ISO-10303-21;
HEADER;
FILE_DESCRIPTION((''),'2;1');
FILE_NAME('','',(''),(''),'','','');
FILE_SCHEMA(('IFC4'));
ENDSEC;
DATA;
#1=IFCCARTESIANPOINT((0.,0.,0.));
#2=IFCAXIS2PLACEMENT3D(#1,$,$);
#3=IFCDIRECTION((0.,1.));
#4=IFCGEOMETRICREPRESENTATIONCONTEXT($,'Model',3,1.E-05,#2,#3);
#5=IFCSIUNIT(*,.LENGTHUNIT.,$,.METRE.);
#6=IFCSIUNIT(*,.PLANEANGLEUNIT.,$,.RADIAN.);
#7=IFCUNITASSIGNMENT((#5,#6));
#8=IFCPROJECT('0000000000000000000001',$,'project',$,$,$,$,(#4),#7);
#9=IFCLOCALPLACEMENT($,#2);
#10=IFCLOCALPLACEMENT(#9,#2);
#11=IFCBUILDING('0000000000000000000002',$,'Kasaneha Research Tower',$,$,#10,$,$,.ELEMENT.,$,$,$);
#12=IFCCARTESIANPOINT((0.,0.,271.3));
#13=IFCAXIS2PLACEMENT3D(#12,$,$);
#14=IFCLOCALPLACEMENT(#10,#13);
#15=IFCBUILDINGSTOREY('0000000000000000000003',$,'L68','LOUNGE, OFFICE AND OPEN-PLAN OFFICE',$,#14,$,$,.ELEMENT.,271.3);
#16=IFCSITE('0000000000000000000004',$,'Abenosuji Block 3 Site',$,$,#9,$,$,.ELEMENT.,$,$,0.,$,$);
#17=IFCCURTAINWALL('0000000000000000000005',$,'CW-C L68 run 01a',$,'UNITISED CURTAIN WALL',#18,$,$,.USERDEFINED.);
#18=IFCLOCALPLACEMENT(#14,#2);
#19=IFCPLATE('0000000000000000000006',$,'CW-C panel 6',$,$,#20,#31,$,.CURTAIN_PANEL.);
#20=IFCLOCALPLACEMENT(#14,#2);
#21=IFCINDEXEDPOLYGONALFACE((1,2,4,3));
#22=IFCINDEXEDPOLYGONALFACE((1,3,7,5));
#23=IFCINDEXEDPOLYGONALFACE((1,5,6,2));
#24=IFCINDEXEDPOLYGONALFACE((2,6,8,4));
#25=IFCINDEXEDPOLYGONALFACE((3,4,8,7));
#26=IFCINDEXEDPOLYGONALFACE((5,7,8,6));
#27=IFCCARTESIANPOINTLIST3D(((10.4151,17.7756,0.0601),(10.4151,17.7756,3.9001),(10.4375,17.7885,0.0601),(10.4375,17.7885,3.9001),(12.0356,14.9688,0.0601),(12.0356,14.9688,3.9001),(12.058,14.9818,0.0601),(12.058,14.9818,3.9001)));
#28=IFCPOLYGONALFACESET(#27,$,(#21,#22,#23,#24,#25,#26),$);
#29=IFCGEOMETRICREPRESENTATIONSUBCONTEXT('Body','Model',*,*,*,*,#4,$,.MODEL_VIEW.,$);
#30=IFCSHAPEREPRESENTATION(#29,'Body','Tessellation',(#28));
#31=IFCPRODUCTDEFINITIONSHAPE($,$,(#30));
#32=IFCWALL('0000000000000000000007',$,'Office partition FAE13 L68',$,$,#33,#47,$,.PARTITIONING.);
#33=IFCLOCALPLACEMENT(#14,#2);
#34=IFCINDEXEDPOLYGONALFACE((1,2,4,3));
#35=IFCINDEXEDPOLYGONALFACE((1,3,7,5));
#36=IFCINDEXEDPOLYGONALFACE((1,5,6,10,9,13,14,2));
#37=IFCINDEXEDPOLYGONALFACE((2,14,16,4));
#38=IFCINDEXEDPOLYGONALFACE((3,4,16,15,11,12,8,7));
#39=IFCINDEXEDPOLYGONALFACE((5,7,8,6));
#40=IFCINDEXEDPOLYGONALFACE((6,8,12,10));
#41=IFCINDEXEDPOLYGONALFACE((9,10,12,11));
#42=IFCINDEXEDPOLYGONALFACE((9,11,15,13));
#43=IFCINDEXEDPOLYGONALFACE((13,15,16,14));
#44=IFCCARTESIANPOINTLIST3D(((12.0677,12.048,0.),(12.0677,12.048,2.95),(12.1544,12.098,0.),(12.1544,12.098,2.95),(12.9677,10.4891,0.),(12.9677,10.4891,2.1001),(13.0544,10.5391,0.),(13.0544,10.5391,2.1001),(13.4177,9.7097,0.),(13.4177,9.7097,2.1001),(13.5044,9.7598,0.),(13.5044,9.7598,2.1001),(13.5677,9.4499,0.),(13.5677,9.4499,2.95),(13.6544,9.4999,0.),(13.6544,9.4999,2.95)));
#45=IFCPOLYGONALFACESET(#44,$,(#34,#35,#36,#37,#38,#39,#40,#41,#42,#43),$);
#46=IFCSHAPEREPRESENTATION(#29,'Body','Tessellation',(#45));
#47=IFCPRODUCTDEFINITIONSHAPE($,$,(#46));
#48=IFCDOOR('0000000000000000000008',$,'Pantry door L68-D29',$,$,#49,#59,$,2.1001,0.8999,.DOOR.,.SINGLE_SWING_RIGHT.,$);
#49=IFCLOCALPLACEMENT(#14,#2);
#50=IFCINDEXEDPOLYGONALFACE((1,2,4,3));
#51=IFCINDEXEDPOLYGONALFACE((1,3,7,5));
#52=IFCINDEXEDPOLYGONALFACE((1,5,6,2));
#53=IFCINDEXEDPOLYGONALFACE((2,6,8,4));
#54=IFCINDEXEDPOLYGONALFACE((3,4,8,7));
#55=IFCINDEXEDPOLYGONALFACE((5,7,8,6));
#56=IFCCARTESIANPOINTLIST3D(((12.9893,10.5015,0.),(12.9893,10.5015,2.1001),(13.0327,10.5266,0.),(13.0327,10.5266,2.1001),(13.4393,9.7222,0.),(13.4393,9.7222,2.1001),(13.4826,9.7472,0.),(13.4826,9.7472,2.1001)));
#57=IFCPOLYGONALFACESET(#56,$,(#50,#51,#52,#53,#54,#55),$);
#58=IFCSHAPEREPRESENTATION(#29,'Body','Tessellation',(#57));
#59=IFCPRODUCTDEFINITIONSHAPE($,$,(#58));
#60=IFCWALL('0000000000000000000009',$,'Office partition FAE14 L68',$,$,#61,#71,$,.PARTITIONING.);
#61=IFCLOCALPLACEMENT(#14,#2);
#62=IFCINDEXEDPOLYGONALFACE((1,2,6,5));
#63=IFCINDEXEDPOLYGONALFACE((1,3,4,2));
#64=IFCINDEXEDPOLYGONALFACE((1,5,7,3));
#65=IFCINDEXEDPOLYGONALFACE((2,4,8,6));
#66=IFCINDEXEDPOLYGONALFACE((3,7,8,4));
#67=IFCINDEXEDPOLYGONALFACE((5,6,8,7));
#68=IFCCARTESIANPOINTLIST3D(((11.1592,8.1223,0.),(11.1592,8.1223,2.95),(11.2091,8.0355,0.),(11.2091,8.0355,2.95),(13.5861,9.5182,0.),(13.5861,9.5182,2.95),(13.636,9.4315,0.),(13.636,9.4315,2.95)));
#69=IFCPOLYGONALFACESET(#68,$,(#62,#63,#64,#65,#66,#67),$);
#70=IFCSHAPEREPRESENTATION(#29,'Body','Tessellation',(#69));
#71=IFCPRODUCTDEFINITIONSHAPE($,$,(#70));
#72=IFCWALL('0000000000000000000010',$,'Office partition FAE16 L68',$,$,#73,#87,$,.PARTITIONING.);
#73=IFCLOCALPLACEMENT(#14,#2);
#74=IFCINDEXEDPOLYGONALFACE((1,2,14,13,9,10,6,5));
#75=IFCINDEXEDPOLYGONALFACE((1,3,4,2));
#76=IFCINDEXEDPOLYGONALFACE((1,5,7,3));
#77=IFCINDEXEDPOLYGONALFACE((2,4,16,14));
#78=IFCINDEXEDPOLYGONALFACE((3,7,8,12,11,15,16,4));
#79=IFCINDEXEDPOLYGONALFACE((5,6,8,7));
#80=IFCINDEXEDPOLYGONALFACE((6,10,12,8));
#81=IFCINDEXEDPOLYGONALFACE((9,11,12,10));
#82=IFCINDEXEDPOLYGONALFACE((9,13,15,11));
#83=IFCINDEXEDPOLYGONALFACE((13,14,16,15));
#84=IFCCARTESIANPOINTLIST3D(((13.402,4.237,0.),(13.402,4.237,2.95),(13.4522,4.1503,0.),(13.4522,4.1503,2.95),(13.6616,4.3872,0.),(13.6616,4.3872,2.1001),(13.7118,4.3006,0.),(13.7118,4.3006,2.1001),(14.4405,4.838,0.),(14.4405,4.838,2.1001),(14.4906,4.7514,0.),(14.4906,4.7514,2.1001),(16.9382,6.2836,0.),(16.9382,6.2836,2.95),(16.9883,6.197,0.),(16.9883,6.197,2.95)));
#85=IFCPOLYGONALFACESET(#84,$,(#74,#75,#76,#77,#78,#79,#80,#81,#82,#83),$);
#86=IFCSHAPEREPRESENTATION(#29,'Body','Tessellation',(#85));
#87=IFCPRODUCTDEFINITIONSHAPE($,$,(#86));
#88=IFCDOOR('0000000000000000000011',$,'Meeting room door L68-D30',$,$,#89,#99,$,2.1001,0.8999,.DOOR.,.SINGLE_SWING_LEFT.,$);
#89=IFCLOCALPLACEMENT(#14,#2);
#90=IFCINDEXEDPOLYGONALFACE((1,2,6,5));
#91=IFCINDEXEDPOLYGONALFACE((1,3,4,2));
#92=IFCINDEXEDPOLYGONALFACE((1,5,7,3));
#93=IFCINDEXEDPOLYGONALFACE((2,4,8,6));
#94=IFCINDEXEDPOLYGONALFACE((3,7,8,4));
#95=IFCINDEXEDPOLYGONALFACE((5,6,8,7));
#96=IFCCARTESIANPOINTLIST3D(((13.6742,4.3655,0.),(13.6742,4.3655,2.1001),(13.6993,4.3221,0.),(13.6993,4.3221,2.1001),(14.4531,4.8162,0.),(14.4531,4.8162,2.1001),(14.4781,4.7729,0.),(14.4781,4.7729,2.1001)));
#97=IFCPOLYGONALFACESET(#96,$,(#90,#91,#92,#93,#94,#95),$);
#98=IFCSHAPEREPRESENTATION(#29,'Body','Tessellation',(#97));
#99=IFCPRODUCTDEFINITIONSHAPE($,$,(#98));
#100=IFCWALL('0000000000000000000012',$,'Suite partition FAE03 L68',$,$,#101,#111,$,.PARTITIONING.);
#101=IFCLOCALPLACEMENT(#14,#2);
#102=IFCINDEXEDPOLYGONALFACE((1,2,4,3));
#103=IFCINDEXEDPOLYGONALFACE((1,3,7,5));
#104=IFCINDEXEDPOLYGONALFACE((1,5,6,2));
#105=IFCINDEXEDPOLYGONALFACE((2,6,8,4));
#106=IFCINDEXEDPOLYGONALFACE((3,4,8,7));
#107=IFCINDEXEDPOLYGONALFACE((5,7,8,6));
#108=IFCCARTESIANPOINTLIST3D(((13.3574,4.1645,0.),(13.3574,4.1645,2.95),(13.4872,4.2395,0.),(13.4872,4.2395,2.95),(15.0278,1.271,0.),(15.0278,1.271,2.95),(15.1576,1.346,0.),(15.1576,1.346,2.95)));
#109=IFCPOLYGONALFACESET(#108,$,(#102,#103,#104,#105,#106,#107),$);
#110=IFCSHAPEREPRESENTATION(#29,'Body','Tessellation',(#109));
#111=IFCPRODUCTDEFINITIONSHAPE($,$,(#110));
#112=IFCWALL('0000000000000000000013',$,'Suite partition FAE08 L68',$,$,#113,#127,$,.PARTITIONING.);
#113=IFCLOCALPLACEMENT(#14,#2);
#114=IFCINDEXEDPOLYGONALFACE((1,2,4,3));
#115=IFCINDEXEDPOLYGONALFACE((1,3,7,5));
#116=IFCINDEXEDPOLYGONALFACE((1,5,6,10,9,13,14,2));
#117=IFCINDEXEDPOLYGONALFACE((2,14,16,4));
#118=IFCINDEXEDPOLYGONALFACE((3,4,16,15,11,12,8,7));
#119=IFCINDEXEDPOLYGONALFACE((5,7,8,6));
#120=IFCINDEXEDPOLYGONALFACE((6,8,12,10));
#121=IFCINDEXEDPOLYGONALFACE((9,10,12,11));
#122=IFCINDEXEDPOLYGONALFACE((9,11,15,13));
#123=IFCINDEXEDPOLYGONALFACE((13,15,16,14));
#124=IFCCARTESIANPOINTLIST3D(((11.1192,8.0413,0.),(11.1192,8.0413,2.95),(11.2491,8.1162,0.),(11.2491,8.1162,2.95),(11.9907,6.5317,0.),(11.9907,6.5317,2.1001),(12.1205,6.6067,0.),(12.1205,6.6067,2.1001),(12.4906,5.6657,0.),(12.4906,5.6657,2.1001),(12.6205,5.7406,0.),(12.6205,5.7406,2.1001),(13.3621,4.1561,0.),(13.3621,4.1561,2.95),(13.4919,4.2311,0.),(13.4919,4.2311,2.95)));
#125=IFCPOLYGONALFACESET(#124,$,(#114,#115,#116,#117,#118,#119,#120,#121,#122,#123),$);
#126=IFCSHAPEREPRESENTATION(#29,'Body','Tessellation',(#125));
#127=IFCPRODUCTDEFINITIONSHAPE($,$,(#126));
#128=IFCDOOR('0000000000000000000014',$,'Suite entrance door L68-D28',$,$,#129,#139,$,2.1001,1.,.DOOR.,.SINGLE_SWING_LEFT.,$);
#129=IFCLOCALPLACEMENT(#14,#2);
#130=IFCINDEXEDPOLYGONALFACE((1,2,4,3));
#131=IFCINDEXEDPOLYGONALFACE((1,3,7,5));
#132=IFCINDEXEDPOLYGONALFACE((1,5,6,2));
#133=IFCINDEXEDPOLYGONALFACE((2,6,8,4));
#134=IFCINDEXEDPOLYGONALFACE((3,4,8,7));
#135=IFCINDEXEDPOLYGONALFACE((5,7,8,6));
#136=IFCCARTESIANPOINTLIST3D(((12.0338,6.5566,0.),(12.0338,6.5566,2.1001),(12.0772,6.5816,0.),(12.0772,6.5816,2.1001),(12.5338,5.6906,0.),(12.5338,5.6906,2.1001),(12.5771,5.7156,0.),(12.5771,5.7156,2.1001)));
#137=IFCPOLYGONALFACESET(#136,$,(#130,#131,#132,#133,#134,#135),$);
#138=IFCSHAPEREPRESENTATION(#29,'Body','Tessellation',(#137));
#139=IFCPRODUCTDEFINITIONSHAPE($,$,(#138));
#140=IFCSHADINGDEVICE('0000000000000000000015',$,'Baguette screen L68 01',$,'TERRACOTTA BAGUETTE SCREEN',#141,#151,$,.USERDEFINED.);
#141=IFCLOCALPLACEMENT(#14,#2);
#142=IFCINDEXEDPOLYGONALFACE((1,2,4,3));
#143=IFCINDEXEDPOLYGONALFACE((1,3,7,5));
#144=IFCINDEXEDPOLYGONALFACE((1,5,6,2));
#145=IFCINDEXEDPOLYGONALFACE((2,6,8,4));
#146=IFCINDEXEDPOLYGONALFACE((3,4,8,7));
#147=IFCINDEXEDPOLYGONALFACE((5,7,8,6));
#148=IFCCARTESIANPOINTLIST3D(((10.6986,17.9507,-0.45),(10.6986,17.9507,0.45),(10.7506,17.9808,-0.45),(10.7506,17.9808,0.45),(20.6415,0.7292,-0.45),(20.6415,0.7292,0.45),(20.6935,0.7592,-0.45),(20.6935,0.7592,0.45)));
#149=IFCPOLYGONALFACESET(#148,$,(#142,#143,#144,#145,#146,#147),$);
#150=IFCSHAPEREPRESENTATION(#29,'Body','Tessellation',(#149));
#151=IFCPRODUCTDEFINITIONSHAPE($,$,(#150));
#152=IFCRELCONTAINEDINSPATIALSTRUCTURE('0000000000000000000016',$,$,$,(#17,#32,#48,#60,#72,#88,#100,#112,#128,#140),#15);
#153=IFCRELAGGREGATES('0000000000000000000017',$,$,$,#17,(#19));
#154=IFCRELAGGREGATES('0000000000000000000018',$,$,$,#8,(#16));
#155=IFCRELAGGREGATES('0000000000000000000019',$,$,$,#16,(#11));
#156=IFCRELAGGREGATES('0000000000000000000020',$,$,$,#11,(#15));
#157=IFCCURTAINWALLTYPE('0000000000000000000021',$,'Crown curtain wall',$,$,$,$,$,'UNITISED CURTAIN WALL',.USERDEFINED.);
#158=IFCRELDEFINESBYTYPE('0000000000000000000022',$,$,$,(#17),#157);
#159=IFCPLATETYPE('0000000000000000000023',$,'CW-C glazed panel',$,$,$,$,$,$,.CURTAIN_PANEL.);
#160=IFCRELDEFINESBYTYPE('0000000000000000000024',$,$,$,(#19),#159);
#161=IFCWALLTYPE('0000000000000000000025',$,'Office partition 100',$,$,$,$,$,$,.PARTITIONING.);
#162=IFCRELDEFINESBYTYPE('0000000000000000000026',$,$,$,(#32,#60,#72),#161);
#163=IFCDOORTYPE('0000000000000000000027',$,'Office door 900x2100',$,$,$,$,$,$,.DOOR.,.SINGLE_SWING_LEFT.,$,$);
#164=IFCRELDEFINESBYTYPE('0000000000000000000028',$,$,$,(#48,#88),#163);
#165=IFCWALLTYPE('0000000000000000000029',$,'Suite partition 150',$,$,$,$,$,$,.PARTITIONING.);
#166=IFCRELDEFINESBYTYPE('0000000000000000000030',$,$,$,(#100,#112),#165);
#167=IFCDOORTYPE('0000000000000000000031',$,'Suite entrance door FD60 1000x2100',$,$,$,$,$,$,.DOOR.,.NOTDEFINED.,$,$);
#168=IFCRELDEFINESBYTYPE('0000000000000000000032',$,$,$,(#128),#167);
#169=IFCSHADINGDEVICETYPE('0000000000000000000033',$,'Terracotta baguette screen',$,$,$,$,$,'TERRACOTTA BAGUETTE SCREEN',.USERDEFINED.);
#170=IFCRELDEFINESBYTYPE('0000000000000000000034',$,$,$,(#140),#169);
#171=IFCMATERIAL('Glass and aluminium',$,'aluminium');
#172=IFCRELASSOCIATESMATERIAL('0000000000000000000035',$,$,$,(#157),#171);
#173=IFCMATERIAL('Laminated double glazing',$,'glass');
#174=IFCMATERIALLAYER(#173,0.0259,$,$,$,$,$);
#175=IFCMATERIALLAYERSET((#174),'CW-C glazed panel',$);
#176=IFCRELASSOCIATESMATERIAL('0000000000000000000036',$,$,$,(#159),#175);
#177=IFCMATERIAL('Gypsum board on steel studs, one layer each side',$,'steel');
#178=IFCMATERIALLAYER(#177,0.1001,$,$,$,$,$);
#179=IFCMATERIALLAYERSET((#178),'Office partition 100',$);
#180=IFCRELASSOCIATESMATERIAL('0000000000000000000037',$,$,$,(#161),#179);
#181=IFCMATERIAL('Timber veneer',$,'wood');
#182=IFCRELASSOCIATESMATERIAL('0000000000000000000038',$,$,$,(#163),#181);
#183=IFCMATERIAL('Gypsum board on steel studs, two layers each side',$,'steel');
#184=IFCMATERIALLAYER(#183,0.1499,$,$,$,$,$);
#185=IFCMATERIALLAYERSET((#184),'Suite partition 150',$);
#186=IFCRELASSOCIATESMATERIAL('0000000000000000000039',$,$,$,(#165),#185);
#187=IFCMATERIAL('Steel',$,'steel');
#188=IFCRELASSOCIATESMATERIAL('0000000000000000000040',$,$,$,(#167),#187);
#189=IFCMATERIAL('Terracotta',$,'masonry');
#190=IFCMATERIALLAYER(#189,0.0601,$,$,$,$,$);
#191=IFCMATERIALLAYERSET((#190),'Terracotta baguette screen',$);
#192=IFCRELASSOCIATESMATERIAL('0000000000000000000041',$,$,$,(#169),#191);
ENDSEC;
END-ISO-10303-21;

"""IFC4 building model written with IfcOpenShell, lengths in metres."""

from ifc_helpers import new_model, si_unit, direction, frame, frame_2d, origin, origin_2d, place, context, subcontext, project, spatial, rectangle, extrude, material, layer, layer_set, type_object, element, fill, aggregate, save


model = new_model("IFC4")

# Units and contexts
model_context = context("Model", 3, precision=1e-05, world=origin(), true_north=direction((0.0, 1.0)))
body_context = subcontext(model_context, "Body", "Model", "MODEL_VIEW")
ifc_project = project(units=[si_unit("LENGTHUNIT", "METRE"), si_unit("PLANEANGLEUNIT", "RADIAN")], contexts=[model_context])

# Site, building, storey
site_placement = place(None, origin())
site = spatial("IfcSite", under=ifc_project, at=site_placement, Name="Abenosuji Block 3 Site", CompositionType="ELEMENT", RefElevation=0.0)
building_placement = place(site_placement, origin())
building = spatial("IfcBuilding", under=site, at=building_placement, Name="Kasaneha Research Tower", CompositionType="ELEMENT")
storey_placement = place(building_placement, frame((0.0, 0.0, 271.3)))
storey = spatial("IfcBuildingStorey", under=building, at=storey_placement, Name="L68", Description="LOUNGE, OFFICE AND OPEN-PLAN OFFICE", CompositionType="ELEMENT", Elevation=271.3)

# Curtain wall, plate
ifc_material_1 = material(Name="Glass and aluminium", Category="aluminium")
curtain_wall_type = type_object("IfcCurtainWallType", Name="Crown curtain wall", ElementType="UNITISED CURTAIN WALL", PredefinedType="USERDEFINED", material=ifc_material_1)
curtain_wall_placement = place(storey_placement, origin())
curtain_wall = element("IfcCurtainWall", 1, at=curtain_wall_placement, inside=storey, type_object=curtain_wall_type, Name="CW-C L68 run 01a", ObjectType="UNITISED CURTAIN WALL", PredefinedType="USERDEFINED")
ifc_material_2 = material(Name="Laminated double glazing", Category="glass")
ifc_layer_1 = layer(ifc_material_2, 0.0259)
ifc_layer_set_1 = layer_set([ifc_layer_1], Name="CW-C glazed panel")
plate_type = type_object("IfcPlateType", Name="CW-C glazed panel", PredefinedType="CURTAIN_PANEL", material=ifc_layer_set_1)
plate_1_placement = place(storey_placement, frame((11.2366, 16.3787, 0.0601), z_axis=(0.0, 0.0, 1.0), x_axis=(-0.5, 0.866025, 0.0)))
plate_1 = element("IfcPlate", 2, at=plate_1_placement, type_object=plate_type, Name="CW-C panel 6", PredefinedType="CURTAIN_PANEL", context=body_context, shape_type="SweptSolid", body=[
    extrude(rectangle(XDim=3.241, YDim=0.0259, at=origin_2d()), origin(), (0.0, 0.0, 1.0), 3.8401),
])
aggregate(curtain_wall, [plate_1])

# Wall, opening, door
ifc_material_3 = material(Name="Gypsum board on steel studs, one layer each side", Category="steel")
ifc_layer_2 = layer(ifc_material_3, 0.1001)
ifc_layer_set_2 = layer_set([ifc_layer_2], Name="Office partition 100")
wall_type_1 = type_object("IfcWallType", Name="Office partition 100", PredefinedType="PARTITIONING", material=ifc_layer_set_2)
wall_1_placement = place(storey_placement, frame((12.1111, 12.073, 0.0), z_axis=(0.0, 0.0, 1.0), x_axis=(0.49999, -0.866031, 0.0)))
wall_1 = element("IfcWall", 3, at=wall_1_placement, inside=storey, type_object=wall_type_1, Name="Office partition FAE13 L68", PredefinedType="PARTITIONING", context=body_context, shape_type="SweptSolid", body=[
    extrude(rectangle(XDim=3.0, YDim=0.1001, at=frame_2d((1.5, 0.0))), origin(), (0.0, 0.0, 1.0), 2.95),
])
opening_1_placement = place(wall_1_placement, frame((1.8, 0.0, 0.0)))
opening_1 = element("IfcOpeningElement", 4, at=opening_1_placement, cuts=wall_1, PredefinedType="OPENING", context=body_context, shape_type="SweptSolid", body=[
    extrude(rectangle(XDim=0.8999, YDim=2.1001, at=frame_2d((0.45, 1.05))), frame((0.0, 0.0601, 0.0), z_axis=(0.0, -1.0, 0.0), x_axis=(1.0, 0.0, 0.0)), (0.0, 0.0, 1.0), 0.1201),
])
ifc_material_4 = material(Name="Timber veneer", Category="wood")
door_type_1 = type_object("IfcDoorType", Name="Office door 900x2100", OperationType="SINGLE_SWING_LEFT", PredefinedType="DOOR", material=ifc_material_4)
door_1_placement = place(opening_1_placement, origin())
door_1 = element("IfcDoor", 5, at=door_1_placement, inside=storey, type_object=door_type_1, Name="Pantry door L68-D29", OperationType="SINGLE_SWING_RIGHT", OverallHeight=2.1001, OverallWidth=0.8999, PredefinedType="DOOR", context=body_context, shape_type="SweptSolid", body=[
    extrude(rectangle(XDim=0.8999, YDim=2.1001, at=frame_2d((0.45, 1.05))), frame((0.0, 0.0249, 0.0), z_axis=(0.0, -1.0, 0.0), x_axis=(1.0, 0.0, 0.0)), (0.0, 0.0, 1.0), 0.05),
])
fill(opening_1, door_1)

# Wall
wall_2_placement = place(storey_placement, frame((13.6111, 9.4749, 0.0), z_axis=(0.0, 0.0, 1.0), x_axis=(-0.866834, -0.498597, 0.0)))
element("IfcWall", 6, at=wall_2_placement, inside=storey, type_object=wall_type_1, Name="Office partition FAE14 L68", PredefinedType="PARTITIONING", context=body_context, shape_type="SweptSolid", body=[
    extrude(rectangle(XDim=2.7998, YDim=0.1001, at=frame_2d((1.3999, 0.0))), origin(), (0.0, 0.0, 1.0), 2.95),
])

# Wall, opening, door
wall_3_placement = place(storey_placement, frame((13.427, 4.1936, 0.0), z_axis=(0.0, 0.0, 1.0), x_axis=(0.86549, 0.500926, 0.0)))
wall_3 = element("IfcWall", 7, at=wall_3_placement, inside=storey, type_object=wall_type_1, Name="Office partition FAE16 L68", PredefinedType="PARTITIONING", context=body_context, shape_type="SweptSolid", body=[
    extrude(rectangle(XDim=4.0857, YDim=0.1001, at=frame_2d((2.043, 0.0))), origin(), (0.0, 0.0, 1.0), 2.95),
])
opening_2_placement = place(wall_3_placement, frame((0.3, 0.0, 0.0)))
opening_2 = element("IfcOpeningElement", 8, at=opening_2_placement, cuts=wall_3, PredefinedType="OPENING", context=body_context, shape_type="SweptSolid", body=[
    extrude(rectangle(XDim=0.8999, YDim=2.1001, at=frame_2d((0.45, 1.05))), frame((0.0, 0.0601, 0.0), z_axis=(0.0, -1.0, 0.0), x_axis=(1.0, 0.0, 0.0)), (0.0, 0.0, 1.0), 0.1201),
])
door_2_placement = place(opening_2_placement, origin())
door_2 = element("IfcDoor", 9, at=door_2_placement, inside=storey, type_object=door_type_1, Name="Meeting room door L68-D30", OperationType="SINGLE_SWING_LEFT", OverallHeight=2.1001, OverallWidth=0.8999, PredefinedType="DOOR", context=body_context, shape_type="SweptSolid", body=[
    extrude(rectangle(XDim=0.8999, YDim=2.1001, at=frame_2d((0.45, 1.05))), frame((0.0, 0.0249, 0.0), z_axis=(0.0, -1.0, 0.0), x_axis=(1.0, 0.0, 0.0)), (0.0, 0.0, 1.0), 0.05),
])
fill(opening_2, door_2)

# Wall
ifc_material_5 = material(Name="Gypsum board on steel studs, two layers each side", Category="steel")
ifc_layer_3 = layer(ifc_material_5, 0.1499)
ifc_layer_set_3 = layer_set([ifc_layer_3], Name="Suite partition 150")
wall_type_2 = type_object("IfcWallType", Name="Suite partition 150", PredefinedType="PARTITIONING", material=ifc_layer_set_3)
wall_4_placement = place(storey_placement, frame((13.4224, 4.2019, 0.0), z_axis=(0.0, 0.0, 1.0), x_axis=(0.499959, -0.866049, 0.0)))
element("IfcWall", 10, at=wall_4_placement, inside=storey, type_object=wall_type_2, Name="Suite partition FAE03 L68", PredefinedType="PARTITIONING", context=body_context, shape_type="SweptSolid", body=[
    extrude(rectangle(XDim=3.3411, YDim=0.1499, at=frame_2d((1.6704, 0.0))), origin(), (0.0, 0.0, 1.0), 2.95),
])

# Wall, opening, door
wall_5_placement = place(storey_placement, frame((11.1841, 8.0789, 0.0), z_axis=(0.0, 0.0, 1.0), x_axis=(0.499961, -0.866048, 0.0)))
wall_5 = element("IfcWall", 11, at=wall_5_placement, inside=storey, type_object=wall_type_2, Name="Suite partition FAE08 L68", PredefinedType="PARTITIONING", context=body_context, shape_type="SweptSolid", body=[
    extrude(rectangle(XDim=4.4861, YDim=0.1499, at=frame_2d((2.2432, 0.0))), origin(), (0.0, 0.0, 1.0), 2.95),
])
opening_3_placement = place(wall_5_placement, frame((1.7432, 0.0, 0.0)))
opening_3 = element("IfcOpeningElement", 12, at=opening_3_placement, cuts=wall_5, PredefinedType="OPENING", context=body_context, shape_type="SweptSolid", body=[
    extrude(rectangle(XDim=1.0, YDim=2.1001, at=frame_2d((0.5, 1.05))), frame((0.0, 0.085, 0.0), z_axis=(0.0, -1.0, 0.0), x_axis=(1.0, 0.0, 0.0)), (0.0, 0.0, 1.0), 0.1699),
])
ifc_material_6 = material(Name="Steel", Category="steel")
door_type_2 = type_object("IfcDoorType", Name="Suite entrance door FD60 1000x2100", OperationType="NOTDEFINED", PredefinedType="DOOR", material=ifc_material_6)
door_3_placement = place(opening_3_placement, origin())
door_3 = element("IfcDoor", 13, at=door_3_placement, inside=storey, type_object=door_type_2, Name="Suite entrance door L68-D28", OperationType="SINGLE_SWING_LEFT", OverallHeight=2.1001, OverallWidth=1.0, PredefinedType="DOOR", context=body_context, shape_type="SweptSolid", body=[
    extrude(rectangle(XDim=1.0, YDim=2.1001, at=frame_2d((0.5, 1.05))), frame((0.0, 0.0249, 0.0), z_axis=(0.0, -1.0, 0.0), x_axis=(1.0, 0.0, 0.0)), (0.0, 0.0, 1.0), 0.05),
])
fill(opening_3, door_3)

# Shading device
ifc_material_7 = material(Name="Terracotta", Category="masonry")
ifc_layer_4 = layer(ifc_material_7, 0.0601)
ifc_layer_set_4 = layer_set([ifc_layer_4], Name="Terracotta baguette screen")
shading_device_type = type_object("IfcShadingDeviceType", Name="Terracotta baguette screen", ElementType="TERRACOTTA BAGUETTE SCREEN", PredefinedType="USERDEFINED", material=ifc_layer_set_4)
shading_device_placement = place(storey_placement, frame((15.696, 9.355, -0.45), z_axis=(0.0, 0.0, 1.0), x_axis=(-0.5, 0.866025, 0.0)))
element("IfcShadingDevice", 14, at=shading_device_placement, inside=storey, type_object=shading_device_type, Name="Baguette screen L68 01", ObjectType="TERRACOTTA BAGUETTE SCREEN", PredefinedType="USERDEFINED", context=body_context, shape_type="SweptSolid", body=[
    extrude(rectangle(XDim=19.8857, YDim=0.0601, at=origin_2d()), origin(), (0.0, 0.0, 1.0), 0.8999),
])

save(model, "model.ifc")
